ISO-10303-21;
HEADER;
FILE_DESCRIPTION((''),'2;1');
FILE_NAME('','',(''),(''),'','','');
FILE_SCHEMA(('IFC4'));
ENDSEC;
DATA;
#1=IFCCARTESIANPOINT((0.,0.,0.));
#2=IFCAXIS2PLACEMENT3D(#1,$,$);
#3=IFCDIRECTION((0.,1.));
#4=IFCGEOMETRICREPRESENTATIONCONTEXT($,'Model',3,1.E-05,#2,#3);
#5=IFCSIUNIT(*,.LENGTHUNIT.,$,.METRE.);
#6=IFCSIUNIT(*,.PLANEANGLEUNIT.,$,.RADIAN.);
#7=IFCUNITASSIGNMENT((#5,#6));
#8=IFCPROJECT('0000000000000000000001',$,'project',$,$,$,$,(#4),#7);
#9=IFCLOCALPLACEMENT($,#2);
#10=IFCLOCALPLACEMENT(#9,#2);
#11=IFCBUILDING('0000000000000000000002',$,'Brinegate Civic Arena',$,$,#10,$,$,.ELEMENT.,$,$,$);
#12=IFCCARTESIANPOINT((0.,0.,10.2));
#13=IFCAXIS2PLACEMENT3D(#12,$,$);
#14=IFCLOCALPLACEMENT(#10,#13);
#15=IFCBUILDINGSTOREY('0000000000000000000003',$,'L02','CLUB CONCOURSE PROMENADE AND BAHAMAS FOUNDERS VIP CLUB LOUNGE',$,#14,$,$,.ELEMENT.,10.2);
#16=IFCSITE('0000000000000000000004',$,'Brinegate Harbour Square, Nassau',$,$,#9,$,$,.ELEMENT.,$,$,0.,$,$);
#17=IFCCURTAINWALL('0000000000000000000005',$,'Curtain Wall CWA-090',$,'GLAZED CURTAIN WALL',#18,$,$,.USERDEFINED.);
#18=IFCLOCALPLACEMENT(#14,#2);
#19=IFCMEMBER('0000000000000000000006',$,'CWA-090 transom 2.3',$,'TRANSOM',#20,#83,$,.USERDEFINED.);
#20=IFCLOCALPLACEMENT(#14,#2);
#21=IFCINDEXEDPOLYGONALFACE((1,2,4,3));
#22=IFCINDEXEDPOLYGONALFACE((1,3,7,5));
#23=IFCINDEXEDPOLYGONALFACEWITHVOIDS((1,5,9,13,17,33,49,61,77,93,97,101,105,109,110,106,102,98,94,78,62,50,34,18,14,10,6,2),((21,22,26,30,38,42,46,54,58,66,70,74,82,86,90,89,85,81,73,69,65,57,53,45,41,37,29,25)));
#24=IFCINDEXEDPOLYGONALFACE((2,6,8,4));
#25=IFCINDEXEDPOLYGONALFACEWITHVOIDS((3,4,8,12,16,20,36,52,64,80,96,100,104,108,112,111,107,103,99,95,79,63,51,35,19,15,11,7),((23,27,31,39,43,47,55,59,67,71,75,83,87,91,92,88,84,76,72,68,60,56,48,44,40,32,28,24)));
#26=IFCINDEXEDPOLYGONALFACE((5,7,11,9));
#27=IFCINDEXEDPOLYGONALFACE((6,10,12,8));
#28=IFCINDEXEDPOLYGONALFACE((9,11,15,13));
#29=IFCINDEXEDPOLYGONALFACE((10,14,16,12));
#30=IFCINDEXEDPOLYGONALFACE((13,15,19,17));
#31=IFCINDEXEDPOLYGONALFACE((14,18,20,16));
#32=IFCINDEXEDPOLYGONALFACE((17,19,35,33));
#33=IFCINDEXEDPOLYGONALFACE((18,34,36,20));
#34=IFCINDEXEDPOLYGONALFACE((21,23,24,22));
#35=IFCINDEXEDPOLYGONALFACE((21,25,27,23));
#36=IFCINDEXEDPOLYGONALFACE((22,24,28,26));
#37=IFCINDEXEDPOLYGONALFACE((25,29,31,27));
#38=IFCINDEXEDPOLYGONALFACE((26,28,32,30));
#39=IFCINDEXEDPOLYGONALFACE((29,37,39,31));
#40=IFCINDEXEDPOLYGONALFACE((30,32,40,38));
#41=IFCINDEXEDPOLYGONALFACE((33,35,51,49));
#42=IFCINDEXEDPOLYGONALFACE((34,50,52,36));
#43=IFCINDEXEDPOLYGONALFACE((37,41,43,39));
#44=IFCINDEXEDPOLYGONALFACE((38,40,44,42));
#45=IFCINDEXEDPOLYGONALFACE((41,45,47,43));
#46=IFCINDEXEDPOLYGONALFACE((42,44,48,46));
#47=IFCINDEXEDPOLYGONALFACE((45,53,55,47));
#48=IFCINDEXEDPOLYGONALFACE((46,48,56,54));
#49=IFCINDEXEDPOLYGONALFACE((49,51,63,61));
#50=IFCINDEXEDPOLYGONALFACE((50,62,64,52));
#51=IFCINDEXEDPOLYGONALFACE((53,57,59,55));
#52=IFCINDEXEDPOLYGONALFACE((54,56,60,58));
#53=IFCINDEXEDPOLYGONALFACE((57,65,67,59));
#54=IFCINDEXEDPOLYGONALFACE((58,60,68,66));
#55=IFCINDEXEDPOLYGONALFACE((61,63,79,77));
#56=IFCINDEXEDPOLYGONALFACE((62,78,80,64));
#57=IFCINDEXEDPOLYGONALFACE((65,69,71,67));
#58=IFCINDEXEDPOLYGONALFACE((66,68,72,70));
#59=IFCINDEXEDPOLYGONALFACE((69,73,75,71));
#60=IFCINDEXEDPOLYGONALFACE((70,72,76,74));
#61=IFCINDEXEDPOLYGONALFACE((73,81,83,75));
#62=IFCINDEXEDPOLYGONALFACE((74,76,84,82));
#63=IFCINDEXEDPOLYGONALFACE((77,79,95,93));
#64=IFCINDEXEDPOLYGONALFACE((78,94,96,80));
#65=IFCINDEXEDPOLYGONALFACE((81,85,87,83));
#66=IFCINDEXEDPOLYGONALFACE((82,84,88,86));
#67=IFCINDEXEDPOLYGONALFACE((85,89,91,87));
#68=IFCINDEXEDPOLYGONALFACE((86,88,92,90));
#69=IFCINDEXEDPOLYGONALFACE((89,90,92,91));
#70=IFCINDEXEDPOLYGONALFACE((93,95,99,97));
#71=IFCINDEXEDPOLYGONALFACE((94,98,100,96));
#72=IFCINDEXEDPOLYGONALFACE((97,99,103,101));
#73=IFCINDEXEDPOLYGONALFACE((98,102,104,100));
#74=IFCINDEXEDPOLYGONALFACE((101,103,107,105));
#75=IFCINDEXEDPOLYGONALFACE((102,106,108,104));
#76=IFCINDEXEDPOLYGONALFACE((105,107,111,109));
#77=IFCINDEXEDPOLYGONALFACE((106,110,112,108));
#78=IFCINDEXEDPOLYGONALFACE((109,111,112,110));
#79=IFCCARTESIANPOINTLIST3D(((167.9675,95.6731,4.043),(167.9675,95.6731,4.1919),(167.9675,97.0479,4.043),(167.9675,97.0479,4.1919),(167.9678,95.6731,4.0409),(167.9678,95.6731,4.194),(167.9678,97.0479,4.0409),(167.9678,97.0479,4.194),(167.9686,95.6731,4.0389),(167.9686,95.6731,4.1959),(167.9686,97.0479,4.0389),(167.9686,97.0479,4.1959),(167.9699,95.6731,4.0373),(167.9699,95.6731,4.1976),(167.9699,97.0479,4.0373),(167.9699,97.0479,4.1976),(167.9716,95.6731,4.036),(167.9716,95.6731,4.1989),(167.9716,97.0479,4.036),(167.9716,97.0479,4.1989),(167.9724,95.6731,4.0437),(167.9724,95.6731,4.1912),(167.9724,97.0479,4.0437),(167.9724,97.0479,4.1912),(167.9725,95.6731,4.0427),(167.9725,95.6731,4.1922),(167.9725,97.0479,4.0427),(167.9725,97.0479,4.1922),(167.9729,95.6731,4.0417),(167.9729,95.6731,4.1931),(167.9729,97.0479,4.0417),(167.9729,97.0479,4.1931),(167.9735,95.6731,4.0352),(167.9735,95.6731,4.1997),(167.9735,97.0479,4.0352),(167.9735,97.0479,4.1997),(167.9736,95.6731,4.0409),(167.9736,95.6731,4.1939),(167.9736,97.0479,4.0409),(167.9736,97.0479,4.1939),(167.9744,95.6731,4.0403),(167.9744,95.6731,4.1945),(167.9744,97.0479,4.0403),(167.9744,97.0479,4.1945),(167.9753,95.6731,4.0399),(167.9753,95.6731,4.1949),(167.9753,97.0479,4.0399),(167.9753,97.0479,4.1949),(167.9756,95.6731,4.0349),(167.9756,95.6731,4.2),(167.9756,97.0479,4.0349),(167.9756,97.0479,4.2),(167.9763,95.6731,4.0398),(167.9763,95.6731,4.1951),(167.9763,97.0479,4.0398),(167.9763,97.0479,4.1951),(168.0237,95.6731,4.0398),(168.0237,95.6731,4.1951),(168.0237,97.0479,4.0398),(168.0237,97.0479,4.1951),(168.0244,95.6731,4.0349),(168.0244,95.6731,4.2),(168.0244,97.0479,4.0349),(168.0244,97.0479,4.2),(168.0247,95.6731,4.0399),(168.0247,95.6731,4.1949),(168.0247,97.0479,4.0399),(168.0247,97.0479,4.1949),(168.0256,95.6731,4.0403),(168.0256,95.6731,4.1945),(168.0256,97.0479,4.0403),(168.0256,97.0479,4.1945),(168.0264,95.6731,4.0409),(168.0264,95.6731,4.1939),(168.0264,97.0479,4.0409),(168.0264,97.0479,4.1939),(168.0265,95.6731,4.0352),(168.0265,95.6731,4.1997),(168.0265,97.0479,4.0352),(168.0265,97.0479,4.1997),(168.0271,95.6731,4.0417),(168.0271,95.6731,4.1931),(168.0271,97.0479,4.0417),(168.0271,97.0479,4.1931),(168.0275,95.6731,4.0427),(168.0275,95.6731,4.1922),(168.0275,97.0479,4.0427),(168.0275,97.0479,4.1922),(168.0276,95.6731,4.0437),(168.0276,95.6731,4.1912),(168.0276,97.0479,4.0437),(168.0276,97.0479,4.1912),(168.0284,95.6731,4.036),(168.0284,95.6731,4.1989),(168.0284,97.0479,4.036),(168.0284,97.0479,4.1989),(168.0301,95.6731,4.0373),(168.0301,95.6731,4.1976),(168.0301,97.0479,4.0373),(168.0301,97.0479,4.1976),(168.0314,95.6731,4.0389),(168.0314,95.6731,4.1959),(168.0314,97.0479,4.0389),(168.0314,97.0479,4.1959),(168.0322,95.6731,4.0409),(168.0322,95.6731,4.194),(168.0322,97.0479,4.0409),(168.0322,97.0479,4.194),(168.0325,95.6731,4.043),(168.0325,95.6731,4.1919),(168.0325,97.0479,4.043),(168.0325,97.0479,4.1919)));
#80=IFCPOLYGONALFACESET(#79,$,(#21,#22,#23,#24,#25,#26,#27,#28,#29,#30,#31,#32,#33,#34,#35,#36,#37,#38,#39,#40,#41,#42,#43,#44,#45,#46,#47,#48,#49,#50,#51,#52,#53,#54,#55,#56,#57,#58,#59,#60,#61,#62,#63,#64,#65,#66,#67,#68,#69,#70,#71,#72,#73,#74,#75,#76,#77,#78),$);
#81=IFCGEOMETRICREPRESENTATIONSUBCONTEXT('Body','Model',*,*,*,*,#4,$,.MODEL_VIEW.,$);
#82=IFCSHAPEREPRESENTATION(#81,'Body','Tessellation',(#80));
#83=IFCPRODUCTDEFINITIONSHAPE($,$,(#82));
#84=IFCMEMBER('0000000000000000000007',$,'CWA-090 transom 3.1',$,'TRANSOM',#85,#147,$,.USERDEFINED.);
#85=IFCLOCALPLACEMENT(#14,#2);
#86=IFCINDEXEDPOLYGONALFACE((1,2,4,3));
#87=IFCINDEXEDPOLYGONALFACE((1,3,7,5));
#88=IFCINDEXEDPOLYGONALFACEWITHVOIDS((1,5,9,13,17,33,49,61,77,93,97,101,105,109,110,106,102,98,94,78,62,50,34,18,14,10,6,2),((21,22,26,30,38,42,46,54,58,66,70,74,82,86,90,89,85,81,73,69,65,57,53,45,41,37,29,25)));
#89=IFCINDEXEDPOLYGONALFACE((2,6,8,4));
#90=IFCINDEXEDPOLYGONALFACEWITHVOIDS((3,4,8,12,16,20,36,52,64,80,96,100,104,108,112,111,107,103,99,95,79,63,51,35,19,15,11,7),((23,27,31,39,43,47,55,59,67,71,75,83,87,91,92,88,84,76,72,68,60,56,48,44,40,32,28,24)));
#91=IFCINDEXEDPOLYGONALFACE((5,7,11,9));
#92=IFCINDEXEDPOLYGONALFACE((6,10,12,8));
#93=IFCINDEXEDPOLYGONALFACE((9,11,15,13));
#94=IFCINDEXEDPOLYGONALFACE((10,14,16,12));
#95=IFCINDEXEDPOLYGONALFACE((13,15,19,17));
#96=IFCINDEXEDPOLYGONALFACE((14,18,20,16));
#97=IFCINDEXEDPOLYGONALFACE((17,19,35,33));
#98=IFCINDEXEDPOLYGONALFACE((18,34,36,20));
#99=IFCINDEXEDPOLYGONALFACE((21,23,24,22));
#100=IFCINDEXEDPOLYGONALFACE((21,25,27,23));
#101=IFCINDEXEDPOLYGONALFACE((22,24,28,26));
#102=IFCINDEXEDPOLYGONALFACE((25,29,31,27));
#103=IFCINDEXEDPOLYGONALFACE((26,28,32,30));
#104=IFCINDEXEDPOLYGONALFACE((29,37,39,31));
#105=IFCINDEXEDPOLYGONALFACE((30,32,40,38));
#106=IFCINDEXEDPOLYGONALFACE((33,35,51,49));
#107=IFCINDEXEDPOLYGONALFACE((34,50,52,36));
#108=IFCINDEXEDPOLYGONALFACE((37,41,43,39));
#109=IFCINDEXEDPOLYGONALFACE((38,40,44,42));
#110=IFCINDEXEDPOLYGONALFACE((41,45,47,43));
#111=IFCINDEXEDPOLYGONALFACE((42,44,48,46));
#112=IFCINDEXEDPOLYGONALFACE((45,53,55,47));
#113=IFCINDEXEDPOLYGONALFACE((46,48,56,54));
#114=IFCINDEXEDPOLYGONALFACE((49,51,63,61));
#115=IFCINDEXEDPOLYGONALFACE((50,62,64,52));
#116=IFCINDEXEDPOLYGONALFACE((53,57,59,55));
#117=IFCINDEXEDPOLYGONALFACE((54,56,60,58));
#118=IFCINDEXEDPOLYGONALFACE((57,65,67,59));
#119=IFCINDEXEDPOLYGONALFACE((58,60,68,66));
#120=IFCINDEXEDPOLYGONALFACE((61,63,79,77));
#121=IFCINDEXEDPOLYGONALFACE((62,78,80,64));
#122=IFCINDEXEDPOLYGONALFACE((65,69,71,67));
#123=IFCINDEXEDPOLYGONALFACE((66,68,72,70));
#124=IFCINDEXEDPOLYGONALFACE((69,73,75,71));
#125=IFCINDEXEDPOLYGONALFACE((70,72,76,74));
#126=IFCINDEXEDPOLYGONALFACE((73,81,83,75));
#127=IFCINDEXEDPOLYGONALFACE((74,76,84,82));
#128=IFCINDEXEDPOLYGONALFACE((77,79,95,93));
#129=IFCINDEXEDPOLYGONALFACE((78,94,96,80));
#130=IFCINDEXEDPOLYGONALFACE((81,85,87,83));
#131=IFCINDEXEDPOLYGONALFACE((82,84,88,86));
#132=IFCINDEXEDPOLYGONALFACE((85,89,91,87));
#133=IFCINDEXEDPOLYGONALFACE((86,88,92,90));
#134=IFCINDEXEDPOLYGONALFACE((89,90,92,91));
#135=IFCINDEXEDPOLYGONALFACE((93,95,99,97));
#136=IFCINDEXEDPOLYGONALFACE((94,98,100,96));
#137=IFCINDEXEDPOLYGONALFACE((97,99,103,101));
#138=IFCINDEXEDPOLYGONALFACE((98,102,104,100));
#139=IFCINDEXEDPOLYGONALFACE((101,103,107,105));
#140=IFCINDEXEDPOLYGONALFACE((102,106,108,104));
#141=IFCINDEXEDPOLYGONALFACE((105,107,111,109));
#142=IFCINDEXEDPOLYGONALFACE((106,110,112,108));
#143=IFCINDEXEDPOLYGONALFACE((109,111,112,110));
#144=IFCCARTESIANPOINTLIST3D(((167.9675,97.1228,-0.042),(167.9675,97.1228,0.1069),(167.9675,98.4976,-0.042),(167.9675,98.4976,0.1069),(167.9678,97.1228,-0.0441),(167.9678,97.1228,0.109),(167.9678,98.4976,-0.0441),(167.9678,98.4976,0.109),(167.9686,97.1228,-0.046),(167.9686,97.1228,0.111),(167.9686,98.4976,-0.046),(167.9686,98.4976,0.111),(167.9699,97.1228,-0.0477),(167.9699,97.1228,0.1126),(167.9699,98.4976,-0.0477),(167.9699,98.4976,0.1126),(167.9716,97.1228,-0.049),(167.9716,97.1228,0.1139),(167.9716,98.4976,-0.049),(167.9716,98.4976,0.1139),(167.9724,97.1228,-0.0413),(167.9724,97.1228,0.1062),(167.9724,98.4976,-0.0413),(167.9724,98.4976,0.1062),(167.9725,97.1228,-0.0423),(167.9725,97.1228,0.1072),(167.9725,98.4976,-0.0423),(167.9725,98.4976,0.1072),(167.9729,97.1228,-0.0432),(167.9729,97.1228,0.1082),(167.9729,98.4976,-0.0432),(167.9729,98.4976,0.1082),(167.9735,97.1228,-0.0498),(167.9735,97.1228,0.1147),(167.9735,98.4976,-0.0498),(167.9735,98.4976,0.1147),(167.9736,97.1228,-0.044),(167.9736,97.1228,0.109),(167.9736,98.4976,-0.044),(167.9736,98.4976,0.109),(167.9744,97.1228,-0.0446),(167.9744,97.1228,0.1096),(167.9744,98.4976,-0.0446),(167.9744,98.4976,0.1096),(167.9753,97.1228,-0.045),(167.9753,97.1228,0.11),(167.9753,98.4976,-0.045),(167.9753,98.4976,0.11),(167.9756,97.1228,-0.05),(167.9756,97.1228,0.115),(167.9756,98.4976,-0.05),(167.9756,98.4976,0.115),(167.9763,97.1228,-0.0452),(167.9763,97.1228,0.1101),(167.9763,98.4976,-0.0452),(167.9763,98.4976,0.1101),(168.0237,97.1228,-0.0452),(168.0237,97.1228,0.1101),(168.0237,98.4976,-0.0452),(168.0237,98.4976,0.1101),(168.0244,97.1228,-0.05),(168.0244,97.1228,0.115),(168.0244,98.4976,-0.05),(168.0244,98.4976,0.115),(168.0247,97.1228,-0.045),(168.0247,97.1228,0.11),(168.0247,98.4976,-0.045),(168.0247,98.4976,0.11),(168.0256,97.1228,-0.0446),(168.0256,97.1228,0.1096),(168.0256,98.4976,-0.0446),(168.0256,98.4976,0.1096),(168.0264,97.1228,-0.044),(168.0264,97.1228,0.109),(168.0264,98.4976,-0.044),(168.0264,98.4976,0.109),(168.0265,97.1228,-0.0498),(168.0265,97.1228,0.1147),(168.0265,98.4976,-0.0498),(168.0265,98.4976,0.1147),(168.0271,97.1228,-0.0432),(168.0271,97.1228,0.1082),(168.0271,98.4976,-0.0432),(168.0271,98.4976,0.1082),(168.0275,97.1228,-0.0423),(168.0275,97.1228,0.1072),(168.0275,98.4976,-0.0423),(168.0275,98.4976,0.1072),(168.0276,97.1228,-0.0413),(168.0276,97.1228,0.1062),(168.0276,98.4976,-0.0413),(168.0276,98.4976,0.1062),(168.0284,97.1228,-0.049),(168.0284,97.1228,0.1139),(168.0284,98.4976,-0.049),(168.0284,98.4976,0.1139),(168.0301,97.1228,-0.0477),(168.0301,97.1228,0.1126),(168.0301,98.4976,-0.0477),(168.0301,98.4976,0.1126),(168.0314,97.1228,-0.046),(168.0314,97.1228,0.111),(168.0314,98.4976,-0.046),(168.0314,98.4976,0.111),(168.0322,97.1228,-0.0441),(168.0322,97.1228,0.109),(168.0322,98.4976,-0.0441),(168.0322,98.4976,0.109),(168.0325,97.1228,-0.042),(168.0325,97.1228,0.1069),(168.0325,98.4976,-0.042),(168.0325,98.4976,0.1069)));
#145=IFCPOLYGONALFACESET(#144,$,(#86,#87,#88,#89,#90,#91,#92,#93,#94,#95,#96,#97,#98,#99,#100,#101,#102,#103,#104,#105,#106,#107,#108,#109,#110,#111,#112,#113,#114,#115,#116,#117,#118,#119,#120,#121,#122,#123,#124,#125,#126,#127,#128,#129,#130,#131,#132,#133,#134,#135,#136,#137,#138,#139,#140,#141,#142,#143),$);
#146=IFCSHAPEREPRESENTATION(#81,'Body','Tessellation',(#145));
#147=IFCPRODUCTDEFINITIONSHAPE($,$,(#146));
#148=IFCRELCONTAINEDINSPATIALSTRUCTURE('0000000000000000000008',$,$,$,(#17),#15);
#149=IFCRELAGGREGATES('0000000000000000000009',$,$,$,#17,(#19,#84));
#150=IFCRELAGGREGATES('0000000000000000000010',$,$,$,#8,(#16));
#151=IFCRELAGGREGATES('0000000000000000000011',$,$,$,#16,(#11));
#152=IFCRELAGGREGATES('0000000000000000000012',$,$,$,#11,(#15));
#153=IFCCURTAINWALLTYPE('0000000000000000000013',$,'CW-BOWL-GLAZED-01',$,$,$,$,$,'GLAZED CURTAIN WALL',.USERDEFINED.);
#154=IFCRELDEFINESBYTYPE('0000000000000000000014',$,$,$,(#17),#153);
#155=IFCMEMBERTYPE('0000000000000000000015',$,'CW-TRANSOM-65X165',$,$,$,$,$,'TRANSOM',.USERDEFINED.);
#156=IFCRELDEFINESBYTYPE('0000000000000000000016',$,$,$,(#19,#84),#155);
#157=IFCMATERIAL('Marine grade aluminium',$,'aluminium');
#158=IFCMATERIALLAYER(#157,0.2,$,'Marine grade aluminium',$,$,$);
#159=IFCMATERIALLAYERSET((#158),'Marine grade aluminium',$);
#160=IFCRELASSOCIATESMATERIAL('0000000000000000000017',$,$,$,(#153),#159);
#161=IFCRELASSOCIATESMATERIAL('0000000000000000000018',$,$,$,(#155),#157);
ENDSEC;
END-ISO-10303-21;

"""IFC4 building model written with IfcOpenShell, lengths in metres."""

from ifc_helpers import new_model, si_unit, direction, frame, origin, origin_2d, place, context, subcontext, project, spatial, hollow_rectangle, extrude, material, layer, layer_set, material_profile, profile_set, type_object, element, aggregate, save


model = new_model("IFC4")

# Units and contexts
model_context = context("Model", 3, precision=1e-05, world=origin(), true_north=direction((0.0, 1.0)))
body_context = subcontext(model_context, "Body", "Model", "MODEL_VIEW")
ifc_project = project(units=[si_unit("LENGTHUNIT", "METRE"), si_unit("PLANEANGLEUNIT", "RADIAN")], contexts=[model_context])

# Site, building, storey
site_placement = place(None, origin())
site = spatial("IfcSite", under=ifc_project, at=site_placement, Name="Brinegate Harbour Square, Nassau", CompositionType="ELEMENT", RefElevation=0.0)
building_placement = place(site_placement, origin())
building = spatial("IfcBuilding", under=site, at=building_placement, Name="Brinegate Civic Arena", CompositionType="ELEMENT")
storey_placement = place(building_placement, frame((0.0, 0.0, 10.2)))
storey = spatial("IfcBuildingStorey", under=building, at=storey_placement, Name="L02", Description="CLUB CONCOURSE PROMENADE AND BAHAMAS FOUNDERS VIP CLUB LOUNGE", CompositionType="ELEMENT", Elevation=10.2)

# Shared definitions
ifc_material_1 = material(Name="Marine grade aluminium", Category="aluminium")
ifc_layer_1 = layer(ifc_material_1, 0.2, Name="Marine grade aluminium")
ifc_layer_set_1 = layer_set([ifc_layer_1], Name="Marine grade aluminium")
curtain_wall_type = type_object("IfcCurtainWallType", Name="CW-BOWL-GLAZED-01", ElementType="GLAZED CURTAIN WALL", PredefinedType="USERDEFINED", material=ifc_layer_set_1)

# Curtain wall, members
curtain_wall_1_placement = place(storey_placement, origin())
curtain_wall_1 = element("IfcCurtainWall", 1, at=curtain_wall_1_placement, inside=storey, type_object=curtain_wall_type, Name="Curtain Wall CWA-090", ObjectType="GLAZED CURTAIN WALL", PredefinedType="USERDEFINED")
ifc_material_profile_1 = material_profile(ifc_material_1, hollow_rectangle(XDim=0.0649, YDim=0.165, WallThickness=0.0049, InnerFilletRadius=0.0039, OuterFilletRadius=0.0081, at=origin_2d()), Name="TRN65X165")
ifc_profile_set_1 = profile_set([ifc_material_profile_1], Name="Marine grade aluminium")
member_type_1 = type_object("IfcMemberType", Name="CW-TRANSOM-65X165", ElementType="TRANSOM", PredefinedType="USERDEFINED", material=ifc_profile_set_1)
member_1_placement = place(storey_placement, frame((168.0, 95.6731, 4.1174), z_axis=(0.0, 1.0, 0.0), x_axis=(-1.0, 0.0, 0.0)))
member_1 = element("IfcMember", 2, at=member_1_placement, type_object=member_type_1, Name="CWA-090 transom 2.3", ObjectType="TRANSOM", PredefinedType="USERDEFINED", context=body_context, shape_type="SweptSolid", body=[
    extrude(hollow_rectangle(XDim=0.0649, YDim=0.165, WallThickness=0.0049, InnerFilletRadius=0.0039, OuterFilletRadius=0.0081, at=origin_2d()), origin(), (0.0, 0.0, 1.0), 1.3748),
])
member_2_placement = place(storey_placement, frame((168.0, 97.1228, 0.0325), z_axis=(0.0, 1.0, 0.0), x_axis=(-1.0, 0.0, 0.0)))
member_2 = element("IfcMember", 3, at=member_2_placement, type_object=member_type_1, Name="CWA-090 transom 3.1", ObjectType="TRANSOM", PredefinedType="USERDEFINED", context=body_context, shape_type="SweptSolid", body=[
    extrude(hollow_rectangle(XDim=0.0649, YDim=0.165, WallThickness=0.0049, InnerFilletRadius=0.0039, OuterFilletRadius=0.0081, at=origin_2d()), origin(), (0.0, 0.0, 1.0), 1.3748),
])

aggregate(curtain_wall_1, [member_1, member_2])

save(model, "model.ifc")
